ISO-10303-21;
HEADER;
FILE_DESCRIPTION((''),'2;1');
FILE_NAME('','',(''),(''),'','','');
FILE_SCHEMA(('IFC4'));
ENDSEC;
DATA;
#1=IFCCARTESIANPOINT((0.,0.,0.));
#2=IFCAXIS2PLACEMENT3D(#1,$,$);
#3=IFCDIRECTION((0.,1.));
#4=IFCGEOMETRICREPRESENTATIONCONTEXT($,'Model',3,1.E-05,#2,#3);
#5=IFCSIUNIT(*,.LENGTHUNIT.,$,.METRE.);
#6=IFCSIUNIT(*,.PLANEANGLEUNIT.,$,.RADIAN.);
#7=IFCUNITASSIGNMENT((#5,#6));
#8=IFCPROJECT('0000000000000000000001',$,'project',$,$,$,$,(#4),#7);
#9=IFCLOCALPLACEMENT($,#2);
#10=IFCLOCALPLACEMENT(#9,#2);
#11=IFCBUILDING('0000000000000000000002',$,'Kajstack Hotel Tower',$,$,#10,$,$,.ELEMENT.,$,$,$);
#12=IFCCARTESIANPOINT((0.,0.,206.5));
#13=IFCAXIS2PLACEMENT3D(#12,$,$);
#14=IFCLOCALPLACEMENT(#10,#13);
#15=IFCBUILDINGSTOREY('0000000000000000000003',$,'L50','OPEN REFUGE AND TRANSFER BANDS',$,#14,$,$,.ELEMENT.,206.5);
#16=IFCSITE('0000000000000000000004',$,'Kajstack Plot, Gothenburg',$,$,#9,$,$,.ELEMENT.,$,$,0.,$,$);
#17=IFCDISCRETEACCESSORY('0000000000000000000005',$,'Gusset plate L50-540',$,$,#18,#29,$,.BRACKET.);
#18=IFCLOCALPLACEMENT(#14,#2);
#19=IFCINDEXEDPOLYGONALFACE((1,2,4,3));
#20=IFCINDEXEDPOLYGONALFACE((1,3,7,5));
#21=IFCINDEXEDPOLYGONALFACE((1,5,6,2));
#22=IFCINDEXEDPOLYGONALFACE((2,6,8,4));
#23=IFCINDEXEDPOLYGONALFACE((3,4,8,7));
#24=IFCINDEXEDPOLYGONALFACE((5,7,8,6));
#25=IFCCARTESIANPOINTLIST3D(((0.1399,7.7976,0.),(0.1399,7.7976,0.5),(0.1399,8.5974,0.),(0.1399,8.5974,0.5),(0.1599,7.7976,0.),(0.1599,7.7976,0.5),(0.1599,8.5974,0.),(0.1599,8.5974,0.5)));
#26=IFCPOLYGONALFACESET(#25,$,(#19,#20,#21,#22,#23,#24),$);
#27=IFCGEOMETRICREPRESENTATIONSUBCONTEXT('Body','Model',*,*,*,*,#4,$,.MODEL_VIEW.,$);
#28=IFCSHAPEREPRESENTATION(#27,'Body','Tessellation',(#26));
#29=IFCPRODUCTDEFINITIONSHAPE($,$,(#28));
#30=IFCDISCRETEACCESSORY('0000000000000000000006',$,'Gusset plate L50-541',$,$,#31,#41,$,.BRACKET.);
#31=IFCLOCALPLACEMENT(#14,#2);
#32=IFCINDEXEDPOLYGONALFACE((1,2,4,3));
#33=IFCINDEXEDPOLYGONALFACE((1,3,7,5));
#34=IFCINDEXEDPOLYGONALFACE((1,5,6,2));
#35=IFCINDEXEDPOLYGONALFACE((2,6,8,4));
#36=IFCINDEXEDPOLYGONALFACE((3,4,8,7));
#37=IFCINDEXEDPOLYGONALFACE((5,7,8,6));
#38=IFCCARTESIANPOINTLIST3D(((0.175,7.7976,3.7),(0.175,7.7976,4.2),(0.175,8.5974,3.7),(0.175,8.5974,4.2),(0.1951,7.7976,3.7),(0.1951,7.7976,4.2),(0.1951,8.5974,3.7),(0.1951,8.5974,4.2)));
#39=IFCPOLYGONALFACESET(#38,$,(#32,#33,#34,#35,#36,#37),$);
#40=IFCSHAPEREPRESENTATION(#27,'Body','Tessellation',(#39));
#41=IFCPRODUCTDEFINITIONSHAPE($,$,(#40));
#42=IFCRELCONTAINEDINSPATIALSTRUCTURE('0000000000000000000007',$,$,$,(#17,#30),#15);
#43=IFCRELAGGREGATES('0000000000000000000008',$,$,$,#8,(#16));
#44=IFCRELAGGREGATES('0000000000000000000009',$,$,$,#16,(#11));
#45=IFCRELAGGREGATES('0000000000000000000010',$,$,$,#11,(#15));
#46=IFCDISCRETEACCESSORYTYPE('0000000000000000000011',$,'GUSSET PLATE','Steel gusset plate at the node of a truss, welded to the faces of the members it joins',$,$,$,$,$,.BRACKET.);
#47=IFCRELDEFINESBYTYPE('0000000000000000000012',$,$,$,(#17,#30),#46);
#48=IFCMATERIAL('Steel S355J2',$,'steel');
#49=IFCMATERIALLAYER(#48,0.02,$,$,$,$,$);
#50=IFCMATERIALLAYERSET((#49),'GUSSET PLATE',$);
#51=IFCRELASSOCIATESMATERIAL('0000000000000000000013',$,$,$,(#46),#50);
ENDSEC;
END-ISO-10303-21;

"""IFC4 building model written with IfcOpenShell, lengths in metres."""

from ifc_helpers import new_model, si_unit, direction, frame, origin, place, context, subcontext, project, spatial, polyline, outline, extrude, material, layer, layer_set, type_object, element, save


model = new_model("IFC4")

# Units and contexts
model_context = context("Model", 3, precision=1e-05, world=origin(), true_north=direction((0.0, 1.0)))
body_context = subcontext(model_context, "Body", "Model", "MODEL_VIEW")
ifc_project = project(units=[si_unit("LENGTHUNIT", "METRE"), si_unit("PLANEANGLEUNIT", "RADIAN")], contexts=[model_context])

# Site, building, storey
site_placement = place(None, origin())
site = spatial("IfcSite", under=ifc_project, at=site_placement, Name="Kajstack Plot, Gothenburg", CompositionType="ELEMENT", RefElevation=0.0)
building_placement = place(site_placement, origin())
building = spatial("IfcBuilding", under=site, at=building_placement, Name="Kajstack Hotel Tower", CompositionType="ELEMENT")
storey_placement = place(building_placement, frame((0.0, 0.0, 206.5)))
storey = spatial("IfcBuildingStorey", under=building, at=storey_placement, Name="L50", Description="OPEN REFUGE AND TRANSFER BANDS", CompositionType="ELEMENT", Elevation=206.5)

# Shared definitions
ifc_material_1 = material(Name="Steel S355J2", Category="steel")

# Discrete accessories
ifc_layer_1 = layer(ifc_material_1, 0.02)
ifc_layer_set_1 = layer_set([ifc_layer_1], Name="GUSSET PLATE")
discrete_accessory_type = type_object("IfcDiscreteAccessoryType", Name="GUSSET PLATE", Description="Steel gusset plate at the node of a truss, welded to the faces of the members it joins", PredefinedType="BRACKET", material=ifc_layer_set_1)
for number, where, z_axis, x_axis, name in (
    (1, (0.1399, 8.1975, 0.0), (1.0, 0.0, 0.0), (0.0, 1.0, 0.0), "Gusset plate L50-540"),
    (2, (0.175, 8.1975, 3.7), (1.0, 0.0, 0.0), (0.0, 1.0, 0.0), "Gusset plate L50-541"),
):
    element("IfcDiscreteAccessory", number, at=place(storey_placement, frame(where, z_axis=z_axis, x_axis=x_axis)), inside=storey, type_object=discrete_accessory_type, Name=name, PredefinedType="BRACKET", context=body_context, shape_type="SweptSolid", body=[
        extrude(outline(polyline([(-0.3999, 0.0), (0.3999, 0.0), (0.3999, 0.5), (-0.3999, 0.5), (-0.3999, 0.0)])), origin(), (0.0, 0.0, 1.0), 0.02),
    ])

save(model, "model.ifc")
